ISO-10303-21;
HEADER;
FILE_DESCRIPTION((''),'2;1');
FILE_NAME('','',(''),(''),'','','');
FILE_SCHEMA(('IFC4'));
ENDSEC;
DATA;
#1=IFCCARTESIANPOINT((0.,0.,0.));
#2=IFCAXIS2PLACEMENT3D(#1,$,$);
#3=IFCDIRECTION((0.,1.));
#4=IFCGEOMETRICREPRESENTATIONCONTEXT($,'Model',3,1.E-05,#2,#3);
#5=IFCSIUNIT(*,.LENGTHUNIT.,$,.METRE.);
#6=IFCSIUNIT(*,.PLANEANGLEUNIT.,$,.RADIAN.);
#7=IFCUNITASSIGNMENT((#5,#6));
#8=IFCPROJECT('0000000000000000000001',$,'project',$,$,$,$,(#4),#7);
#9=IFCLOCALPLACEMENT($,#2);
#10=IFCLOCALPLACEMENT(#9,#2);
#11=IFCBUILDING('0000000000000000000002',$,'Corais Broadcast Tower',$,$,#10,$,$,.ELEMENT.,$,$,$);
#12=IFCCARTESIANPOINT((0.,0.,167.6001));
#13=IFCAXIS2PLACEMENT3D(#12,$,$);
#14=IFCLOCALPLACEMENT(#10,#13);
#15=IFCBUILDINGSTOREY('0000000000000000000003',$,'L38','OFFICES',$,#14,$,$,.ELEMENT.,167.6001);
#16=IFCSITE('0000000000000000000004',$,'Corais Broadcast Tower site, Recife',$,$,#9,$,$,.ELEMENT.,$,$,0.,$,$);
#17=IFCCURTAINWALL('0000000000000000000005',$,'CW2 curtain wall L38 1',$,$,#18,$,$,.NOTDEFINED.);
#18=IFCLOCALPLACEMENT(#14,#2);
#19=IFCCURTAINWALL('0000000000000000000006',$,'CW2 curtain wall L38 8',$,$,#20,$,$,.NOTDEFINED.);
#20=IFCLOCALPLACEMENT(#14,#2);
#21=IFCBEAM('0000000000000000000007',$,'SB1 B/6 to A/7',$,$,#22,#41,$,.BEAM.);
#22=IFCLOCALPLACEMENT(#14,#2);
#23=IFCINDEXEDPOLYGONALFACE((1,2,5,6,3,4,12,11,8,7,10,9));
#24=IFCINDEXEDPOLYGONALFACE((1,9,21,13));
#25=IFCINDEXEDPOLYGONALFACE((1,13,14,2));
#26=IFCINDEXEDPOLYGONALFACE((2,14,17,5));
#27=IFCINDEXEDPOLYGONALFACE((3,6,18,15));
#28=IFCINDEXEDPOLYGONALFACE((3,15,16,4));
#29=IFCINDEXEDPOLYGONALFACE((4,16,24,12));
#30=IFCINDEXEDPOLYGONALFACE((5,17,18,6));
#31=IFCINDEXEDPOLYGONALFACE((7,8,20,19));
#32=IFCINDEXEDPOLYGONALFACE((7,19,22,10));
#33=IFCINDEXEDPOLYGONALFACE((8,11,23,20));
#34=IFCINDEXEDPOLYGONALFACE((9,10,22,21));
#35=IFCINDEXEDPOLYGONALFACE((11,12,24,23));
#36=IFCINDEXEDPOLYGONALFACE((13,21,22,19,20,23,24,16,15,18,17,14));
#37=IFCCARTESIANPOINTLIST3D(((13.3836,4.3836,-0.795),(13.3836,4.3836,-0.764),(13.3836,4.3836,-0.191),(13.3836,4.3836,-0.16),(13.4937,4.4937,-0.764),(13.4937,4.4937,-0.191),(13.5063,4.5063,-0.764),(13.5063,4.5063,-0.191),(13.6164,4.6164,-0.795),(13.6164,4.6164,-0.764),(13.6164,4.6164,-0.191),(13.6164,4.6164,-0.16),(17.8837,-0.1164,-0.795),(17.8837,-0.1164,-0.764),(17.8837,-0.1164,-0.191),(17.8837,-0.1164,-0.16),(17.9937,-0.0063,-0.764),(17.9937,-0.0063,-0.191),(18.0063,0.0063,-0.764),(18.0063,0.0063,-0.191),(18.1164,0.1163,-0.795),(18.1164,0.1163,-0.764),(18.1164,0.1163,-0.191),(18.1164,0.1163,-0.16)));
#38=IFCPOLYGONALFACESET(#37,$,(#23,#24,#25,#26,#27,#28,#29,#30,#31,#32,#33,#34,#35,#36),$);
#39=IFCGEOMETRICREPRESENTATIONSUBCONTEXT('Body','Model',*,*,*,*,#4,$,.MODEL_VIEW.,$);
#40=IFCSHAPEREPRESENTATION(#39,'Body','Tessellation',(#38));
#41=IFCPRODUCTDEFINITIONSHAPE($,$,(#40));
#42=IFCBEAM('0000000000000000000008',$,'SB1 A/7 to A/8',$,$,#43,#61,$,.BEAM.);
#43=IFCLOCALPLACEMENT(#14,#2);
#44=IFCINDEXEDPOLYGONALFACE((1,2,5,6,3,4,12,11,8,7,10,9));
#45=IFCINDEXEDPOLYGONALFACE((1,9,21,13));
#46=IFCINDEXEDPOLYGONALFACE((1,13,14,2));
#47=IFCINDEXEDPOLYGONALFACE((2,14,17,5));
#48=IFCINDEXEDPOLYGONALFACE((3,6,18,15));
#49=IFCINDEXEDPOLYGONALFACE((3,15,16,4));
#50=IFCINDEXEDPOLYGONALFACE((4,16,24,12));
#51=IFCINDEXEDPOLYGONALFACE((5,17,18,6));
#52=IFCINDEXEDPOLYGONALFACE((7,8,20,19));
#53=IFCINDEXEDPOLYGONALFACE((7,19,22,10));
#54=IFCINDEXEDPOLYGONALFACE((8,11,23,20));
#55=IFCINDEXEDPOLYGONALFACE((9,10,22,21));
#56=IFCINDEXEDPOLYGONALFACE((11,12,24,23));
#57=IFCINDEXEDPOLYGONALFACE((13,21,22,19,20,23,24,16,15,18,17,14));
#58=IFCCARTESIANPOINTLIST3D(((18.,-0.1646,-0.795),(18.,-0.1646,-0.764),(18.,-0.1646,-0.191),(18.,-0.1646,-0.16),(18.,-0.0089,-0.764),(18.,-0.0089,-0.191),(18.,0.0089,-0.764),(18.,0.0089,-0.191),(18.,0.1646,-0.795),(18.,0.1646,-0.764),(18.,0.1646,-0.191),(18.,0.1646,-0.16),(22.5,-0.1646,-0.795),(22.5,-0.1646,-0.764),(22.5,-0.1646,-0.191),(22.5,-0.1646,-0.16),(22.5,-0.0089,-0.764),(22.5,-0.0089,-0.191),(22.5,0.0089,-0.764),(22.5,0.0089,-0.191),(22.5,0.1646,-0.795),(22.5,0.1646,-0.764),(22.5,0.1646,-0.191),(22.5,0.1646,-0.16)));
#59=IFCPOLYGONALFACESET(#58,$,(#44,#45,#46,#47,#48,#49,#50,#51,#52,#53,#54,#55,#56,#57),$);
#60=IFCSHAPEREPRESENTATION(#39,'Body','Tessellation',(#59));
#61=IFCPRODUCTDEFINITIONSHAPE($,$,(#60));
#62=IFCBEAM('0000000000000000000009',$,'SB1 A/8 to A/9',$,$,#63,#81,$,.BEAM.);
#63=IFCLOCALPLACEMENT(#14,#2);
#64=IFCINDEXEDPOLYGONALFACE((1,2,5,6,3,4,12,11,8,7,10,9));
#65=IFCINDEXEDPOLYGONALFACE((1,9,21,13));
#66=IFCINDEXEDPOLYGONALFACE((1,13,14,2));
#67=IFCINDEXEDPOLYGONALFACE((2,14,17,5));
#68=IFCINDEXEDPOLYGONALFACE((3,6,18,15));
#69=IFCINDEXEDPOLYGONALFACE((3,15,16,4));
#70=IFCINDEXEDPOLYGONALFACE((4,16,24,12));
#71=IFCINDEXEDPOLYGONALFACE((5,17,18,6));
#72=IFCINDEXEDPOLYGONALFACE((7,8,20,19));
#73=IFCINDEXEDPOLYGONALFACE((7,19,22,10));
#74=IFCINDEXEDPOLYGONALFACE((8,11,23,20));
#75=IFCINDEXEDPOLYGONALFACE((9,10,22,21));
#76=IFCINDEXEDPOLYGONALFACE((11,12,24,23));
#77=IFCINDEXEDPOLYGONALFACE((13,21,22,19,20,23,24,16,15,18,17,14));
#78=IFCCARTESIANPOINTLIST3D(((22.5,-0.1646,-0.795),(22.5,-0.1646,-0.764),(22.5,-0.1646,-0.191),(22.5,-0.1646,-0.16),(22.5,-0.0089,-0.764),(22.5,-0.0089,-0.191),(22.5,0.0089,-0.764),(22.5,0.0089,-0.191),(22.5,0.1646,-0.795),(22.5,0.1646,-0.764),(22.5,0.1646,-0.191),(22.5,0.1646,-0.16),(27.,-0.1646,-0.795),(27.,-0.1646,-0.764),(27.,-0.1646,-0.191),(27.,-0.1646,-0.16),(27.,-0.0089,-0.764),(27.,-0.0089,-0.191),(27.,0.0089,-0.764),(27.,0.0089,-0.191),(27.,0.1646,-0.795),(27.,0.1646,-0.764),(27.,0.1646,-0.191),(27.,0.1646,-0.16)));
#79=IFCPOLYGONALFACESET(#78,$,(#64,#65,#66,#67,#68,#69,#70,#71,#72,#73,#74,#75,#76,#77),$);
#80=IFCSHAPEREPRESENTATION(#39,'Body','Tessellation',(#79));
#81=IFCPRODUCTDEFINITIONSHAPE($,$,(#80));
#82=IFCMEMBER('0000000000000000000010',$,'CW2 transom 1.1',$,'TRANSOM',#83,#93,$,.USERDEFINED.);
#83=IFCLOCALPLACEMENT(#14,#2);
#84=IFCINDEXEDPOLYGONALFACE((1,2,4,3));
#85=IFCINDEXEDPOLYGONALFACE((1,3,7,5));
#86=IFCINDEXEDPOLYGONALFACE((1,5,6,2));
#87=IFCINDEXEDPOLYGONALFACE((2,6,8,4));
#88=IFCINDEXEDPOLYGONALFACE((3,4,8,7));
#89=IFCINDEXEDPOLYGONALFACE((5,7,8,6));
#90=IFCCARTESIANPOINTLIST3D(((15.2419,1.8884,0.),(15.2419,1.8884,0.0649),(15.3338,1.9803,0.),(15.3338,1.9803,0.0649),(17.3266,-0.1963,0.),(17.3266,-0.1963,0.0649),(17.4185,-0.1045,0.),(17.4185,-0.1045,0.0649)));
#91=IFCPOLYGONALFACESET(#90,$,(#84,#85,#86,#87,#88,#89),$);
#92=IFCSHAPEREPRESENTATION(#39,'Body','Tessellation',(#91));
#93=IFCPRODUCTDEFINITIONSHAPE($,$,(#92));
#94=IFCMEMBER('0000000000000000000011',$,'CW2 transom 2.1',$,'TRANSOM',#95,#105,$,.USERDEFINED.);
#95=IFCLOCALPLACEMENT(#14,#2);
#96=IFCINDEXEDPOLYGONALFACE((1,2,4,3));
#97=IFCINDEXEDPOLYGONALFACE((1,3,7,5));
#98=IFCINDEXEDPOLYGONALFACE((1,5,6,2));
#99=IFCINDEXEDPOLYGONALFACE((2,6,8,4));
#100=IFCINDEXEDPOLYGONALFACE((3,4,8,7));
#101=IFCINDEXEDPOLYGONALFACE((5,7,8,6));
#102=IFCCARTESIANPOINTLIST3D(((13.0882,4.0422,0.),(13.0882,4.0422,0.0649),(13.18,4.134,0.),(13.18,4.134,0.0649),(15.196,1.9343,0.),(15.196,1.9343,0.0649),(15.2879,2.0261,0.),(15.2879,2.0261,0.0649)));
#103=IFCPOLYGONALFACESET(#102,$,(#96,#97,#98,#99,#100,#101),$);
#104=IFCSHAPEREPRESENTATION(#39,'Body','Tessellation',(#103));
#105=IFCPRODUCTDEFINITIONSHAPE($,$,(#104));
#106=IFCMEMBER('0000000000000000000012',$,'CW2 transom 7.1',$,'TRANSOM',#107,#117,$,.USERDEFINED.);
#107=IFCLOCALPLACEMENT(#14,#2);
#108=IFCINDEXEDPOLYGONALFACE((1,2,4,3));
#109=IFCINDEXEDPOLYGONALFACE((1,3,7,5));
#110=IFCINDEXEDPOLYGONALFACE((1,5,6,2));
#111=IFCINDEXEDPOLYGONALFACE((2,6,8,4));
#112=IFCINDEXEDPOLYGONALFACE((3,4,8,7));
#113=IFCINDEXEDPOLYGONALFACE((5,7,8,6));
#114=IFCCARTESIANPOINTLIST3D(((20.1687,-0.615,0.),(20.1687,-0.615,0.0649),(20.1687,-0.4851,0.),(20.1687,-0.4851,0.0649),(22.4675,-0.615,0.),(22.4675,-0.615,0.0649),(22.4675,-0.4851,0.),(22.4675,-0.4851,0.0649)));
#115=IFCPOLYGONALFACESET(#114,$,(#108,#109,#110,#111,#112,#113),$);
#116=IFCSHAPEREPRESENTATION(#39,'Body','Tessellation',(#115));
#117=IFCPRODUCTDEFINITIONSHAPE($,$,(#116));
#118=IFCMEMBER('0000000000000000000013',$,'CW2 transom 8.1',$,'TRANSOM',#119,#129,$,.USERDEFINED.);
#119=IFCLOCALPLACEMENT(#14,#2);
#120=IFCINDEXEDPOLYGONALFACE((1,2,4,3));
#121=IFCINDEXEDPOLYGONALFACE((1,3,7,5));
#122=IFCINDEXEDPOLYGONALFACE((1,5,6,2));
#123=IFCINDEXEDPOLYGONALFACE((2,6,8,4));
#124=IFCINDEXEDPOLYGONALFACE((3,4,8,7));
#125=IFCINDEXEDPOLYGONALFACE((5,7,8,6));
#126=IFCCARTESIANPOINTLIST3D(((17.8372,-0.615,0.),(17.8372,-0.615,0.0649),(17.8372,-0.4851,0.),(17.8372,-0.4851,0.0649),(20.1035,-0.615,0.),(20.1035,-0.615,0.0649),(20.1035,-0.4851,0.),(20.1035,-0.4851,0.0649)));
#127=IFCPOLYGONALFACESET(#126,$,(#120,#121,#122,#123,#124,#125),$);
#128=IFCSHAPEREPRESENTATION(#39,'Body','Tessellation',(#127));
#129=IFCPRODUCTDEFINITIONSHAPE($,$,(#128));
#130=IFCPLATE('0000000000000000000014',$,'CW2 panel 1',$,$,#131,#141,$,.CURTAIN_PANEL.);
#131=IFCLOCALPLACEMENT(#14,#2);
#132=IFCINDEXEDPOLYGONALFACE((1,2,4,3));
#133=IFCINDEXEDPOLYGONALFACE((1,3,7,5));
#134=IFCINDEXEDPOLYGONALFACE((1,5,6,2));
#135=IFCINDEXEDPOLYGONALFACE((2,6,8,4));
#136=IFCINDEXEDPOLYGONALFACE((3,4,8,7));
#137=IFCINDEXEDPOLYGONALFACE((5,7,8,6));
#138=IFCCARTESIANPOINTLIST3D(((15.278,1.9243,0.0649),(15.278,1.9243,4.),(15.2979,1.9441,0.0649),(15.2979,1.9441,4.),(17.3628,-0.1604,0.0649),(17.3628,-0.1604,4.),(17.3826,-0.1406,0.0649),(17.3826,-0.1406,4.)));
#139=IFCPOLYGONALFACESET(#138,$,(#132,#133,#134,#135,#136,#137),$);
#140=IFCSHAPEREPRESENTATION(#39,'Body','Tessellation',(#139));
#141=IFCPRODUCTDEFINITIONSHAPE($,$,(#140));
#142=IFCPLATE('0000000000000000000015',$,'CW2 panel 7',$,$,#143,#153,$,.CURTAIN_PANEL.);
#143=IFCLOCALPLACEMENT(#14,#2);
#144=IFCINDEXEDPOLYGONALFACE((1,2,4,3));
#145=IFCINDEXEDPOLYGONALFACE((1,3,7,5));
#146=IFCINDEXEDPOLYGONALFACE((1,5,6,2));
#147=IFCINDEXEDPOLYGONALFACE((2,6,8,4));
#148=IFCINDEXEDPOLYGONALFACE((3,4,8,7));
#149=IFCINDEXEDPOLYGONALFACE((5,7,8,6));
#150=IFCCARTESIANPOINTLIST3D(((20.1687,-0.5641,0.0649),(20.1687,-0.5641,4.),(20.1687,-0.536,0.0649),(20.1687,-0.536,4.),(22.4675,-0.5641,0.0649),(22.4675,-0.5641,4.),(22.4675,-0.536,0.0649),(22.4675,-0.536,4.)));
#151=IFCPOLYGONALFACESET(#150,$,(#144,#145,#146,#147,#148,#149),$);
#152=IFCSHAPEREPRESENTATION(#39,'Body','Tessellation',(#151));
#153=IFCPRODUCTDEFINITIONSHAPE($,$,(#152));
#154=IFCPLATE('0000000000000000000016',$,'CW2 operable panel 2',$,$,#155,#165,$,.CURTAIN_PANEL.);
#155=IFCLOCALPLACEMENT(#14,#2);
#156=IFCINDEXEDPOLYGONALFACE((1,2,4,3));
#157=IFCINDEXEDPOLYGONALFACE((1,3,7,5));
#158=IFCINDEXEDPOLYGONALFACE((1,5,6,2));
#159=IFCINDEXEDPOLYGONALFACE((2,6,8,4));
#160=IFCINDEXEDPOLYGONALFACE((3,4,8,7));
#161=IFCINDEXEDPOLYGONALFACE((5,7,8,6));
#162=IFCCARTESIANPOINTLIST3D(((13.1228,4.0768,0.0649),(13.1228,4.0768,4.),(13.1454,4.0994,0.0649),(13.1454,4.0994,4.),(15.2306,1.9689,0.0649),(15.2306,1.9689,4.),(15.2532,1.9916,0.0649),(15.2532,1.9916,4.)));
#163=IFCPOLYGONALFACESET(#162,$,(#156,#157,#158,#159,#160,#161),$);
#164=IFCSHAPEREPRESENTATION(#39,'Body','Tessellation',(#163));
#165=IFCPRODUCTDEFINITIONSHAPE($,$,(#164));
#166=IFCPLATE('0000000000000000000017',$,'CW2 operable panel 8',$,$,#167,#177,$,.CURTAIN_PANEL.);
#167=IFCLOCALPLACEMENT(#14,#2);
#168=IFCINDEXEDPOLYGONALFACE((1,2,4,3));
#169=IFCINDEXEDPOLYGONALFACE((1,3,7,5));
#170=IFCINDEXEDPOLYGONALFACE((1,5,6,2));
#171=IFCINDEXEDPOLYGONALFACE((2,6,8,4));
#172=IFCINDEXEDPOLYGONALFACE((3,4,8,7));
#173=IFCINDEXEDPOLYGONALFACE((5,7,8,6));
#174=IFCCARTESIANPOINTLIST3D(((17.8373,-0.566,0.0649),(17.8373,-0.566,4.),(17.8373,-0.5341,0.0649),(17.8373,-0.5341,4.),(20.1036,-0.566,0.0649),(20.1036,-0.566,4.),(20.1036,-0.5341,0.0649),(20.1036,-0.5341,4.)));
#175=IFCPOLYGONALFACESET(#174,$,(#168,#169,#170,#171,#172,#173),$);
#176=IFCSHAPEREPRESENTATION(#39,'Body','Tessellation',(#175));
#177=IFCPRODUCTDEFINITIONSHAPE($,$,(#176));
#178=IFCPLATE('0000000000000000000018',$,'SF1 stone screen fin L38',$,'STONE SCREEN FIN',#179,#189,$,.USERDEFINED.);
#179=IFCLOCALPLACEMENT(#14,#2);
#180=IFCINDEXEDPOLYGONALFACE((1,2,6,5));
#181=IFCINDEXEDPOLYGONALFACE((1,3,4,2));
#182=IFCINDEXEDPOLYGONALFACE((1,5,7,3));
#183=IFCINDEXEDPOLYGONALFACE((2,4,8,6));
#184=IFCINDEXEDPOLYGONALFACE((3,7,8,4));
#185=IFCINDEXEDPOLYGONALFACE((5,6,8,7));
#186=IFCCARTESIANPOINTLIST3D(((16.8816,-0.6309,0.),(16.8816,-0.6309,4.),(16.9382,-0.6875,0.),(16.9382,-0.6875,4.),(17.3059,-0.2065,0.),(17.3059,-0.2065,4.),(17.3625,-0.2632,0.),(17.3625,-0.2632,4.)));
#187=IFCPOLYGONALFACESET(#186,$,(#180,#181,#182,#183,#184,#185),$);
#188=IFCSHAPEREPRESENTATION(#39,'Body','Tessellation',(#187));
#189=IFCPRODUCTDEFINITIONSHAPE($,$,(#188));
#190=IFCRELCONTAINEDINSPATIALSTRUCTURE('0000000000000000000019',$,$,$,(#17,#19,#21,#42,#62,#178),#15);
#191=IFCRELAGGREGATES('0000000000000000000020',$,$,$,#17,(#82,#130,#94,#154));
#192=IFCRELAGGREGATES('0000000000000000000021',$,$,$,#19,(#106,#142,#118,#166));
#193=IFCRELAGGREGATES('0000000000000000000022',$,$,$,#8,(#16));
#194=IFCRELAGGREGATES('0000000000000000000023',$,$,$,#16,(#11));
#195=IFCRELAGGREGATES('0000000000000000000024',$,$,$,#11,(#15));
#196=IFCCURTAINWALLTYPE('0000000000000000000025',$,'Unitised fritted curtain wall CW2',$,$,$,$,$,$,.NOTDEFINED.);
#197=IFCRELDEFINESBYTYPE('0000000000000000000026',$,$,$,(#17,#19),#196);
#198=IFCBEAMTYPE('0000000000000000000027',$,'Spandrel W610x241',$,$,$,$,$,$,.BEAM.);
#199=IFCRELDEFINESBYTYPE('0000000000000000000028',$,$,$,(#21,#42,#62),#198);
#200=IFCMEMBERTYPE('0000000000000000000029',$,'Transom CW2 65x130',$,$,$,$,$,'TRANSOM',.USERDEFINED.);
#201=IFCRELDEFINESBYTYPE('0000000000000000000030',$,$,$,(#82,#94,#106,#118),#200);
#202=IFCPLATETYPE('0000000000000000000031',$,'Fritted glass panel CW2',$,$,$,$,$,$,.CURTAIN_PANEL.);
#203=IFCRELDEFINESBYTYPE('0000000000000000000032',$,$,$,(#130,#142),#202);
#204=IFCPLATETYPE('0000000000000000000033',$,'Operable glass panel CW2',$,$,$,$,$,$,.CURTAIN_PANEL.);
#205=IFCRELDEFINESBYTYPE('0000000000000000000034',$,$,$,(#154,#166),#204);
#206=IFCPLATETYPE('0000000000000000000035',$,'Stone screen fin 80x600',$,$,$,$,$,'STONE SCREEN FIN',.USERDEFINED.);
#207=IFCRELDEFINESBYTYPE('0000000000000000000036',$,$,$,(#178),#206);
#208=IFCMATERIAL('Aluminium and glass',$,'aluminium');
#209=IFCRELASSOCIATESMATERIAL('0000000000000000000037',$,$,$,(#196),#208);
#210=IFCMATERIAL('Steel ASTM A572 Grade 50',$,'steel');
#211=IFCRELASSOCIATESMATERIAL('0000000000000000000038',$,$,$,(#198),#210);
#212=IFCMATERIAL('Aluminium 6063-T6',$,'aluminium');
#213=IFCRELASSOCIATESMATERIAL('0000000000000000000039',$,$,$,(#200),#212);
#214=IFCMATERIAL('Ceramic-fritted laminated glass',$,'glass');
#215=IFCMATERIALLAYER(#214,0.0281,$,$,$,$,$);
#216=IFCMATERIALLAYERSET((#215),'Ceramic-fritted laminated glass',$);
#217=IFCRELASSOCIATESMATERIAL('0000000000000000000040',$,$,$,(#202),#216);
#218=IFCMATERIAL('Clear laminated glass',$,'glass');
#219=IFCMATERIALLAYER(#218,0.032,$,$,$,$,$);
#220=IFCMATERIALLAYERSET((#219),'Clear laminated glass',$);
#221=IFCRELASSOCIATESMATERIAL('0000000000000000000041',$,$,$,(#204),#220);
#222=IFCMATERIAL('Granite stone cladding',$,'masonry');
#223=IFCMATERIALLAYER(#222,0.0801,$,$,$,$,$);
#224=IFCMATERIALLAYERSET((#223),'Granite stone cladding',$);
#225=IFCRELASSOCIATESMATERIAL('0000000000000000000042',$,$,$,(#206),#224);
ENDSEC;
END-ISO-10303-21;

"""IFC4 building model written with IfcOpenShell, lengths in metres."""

from ifc_helpers import new_model, si_unit, direction, frame, origin, origin_2d, place, context, subcontext, project, spatial, rectangle, i_section, extrude, material, layer, layer_set, material_profile, profile_set, type_object, element, aggregate, save


model = new_model("IFC4")

# Units and contexts
model_context = context("Model", 3, precision=1e-05, world=origin(), true_north=direction((0.0, 1.0)))
body_context = subcontext(model_context, "Body", "Model", "MODEL_VIEW")
ifc_project = project(units=[si_unit("LENGTHUNIT", "METRE"), si_unit("PLANEANGLEUNIT", "RADIAN")], contexts=[model_context])

# Site, building, storey
site_placement = place(None, origin())
site = spatial("IfcSite", under=ifc_project, at=site_placement, Name="Corais Broadcast Tower site, Recife", CompositionType="ELEMENT", RefElevation=0.0)
building_placement = place(site_placement, origin())
building = spatial("IfcBuilding", under=site, at=building_placement, Name="Corais Broadcast Tower", CompositionType="ELEMENT")
storey_placement = place(building_placement, frame((0.0, 0.0, 167.6001)))
storey = spatial("IfcBuildingStorey", under=building, at=storey_placement, Name="L38", Description="OFFICES", CompositionType="ELEMENT", Elevation=167.6001)

# Curtain walls
ifc_material_1 = material(Name="Aluminium and glass", Category="aluminium")
curtain_wall_type = type_object("IfcCurtainWallType", Name="Unitised fritted curtain wall CW2", PredefinedType="NOTDEFINED", material=ifc_material_1)
curtain_wall_1_placement = place(storey_placement, origin())
curtain_wall_1 = element("IfcCurtainWall", 1, at=curtain_wall_1_placement, inside=storey, type_object=curtain_wall_type, Name="CW2 curtain wall L38 1", PredefinedType="NOTDEFINED")
curtain_wall_2_placement = place(storey_placement, origin())
curtain_wall_2 = element("IfcCurtainWall", 2, at=curtain_wall_2_placement, inside=storey, type_object=curtain_wall_type, Name="CW2 curtain wall L38 8", PredefinedType="NOTDEFINED")

# Beams
ifc_material_2 = material(Name="Steel ASTM A572 Grade 50", Category="steel")
ifc_material_profile_1 = material_profile(ifc_material_2, i_section(OverallWidth=0.3291, OverallDepth=0.635, WebThickness=0.0178, FlangeThickness=0.031, at=origin_2d()), Name="W610x241")
ifc_profile_set_1 = profile_set([ifc_material_profile_1], Name="Steel ASTM A572 Grade 50")
beam_type_1 = type_object("IfcBeamType", Name="Spandrel W610x241", PredefinedType="BEAM", material=ifc_profile_set_1)
beam_1_placement = place(storey_placement, frame((13.5, 4.5, -0.4775), z_axis=(0.707107, -0.707107, 0.0), x_axis=(0.707107, 0.707107, 0.0)))
element("IfcBeam", 3, at=beam_1_placement, inside=storey, type_object=beam_type_1, Name="SB1 B/6 to A/7", PredefinedType="BEAM", context=body_context, shape_type="SweptSolid", body=[
    extrude(i_section(OverallWidth=0.3291, OverallDepth=0.635, WebThickness=0.0178, FlangeThickness=0.031, at=origin_2d()), origin(), (0.0, 0.0, 1.0), 6.364),
])
for number, where, z_axis, x_axis, name in (
    (4, (18.0, 0.0, -0.4775), (1.0, 0.0, 0.0), (0.0, 1.0, 0.0), "SB1 A/7 to A/8"),
    (5, (22.5, 0.0, -0.4775), (1.0, 0.0, 0.0), (0.0, 1.0, 0.0), "SB1 A/8 to A/9"),
):
    element("IfcBeam", number, at=place(storey_placement, frame(where, z_axis=z_axis, x_axis=x_axis)), inside=storey, type_object=beam_type_1, Name=name, PredefinedType="BEAM", context=body_context, shape_type="SweptSolid", body=[
        extrude(i_section(OverallWidth=0.3291, OverallDepth=0.635, WebThickness=0.0178, FlangeThickness=0.031, at=origin_2d()), origin(), (0.0, 0.0, 1.0), 4.5),
    ])

# Members
ifc_material_3 = material(Name="Aluminium 6063-T6", Category="aluminium")
ifc_material_profile_2 = material_profile(ifc_material_3, rectangle(XDim=0.1299, YDim=0.0649, at=origin_2d()), Name="Transom CW2 65x130")
ifc_profile_set_2 = profile_set([ifc_material_profile_2], Name="Aluminium 6063-T6")
member_type_1 = type_object("IfcMemberType", Name="Transom CW2 65x130", ElementType="TRANSOM", PredefinedType="USERDEFINED", material=ifc_profile_set_2)
member_1_placement = place(storey_placement, frame((17.3726, -0.1504, 0.0325), z_axis=(-0.707107, 0.707107, 0.0), x_axis=(-0.707107, -0.707107, 0.0)))
member_1 = element("IfcMember", 6, at=member_1_placement, type_object=member_type_1, Name="CW2 transom 1.1", ObjectType="TRANSOM", PredefinedType="USERDEFINED", context=body_context, shape_type="SweptSolid", body=[
    extrude(rectangle(XDim=0.1299, YDim=0.0649, at=origin_2d()), origin(), (0.0, 0.0, 1.0), 2.9482),
])
member_2_placement = place(storey_placement, frame((15.2419, 1.9802, 0.0325), z_axis=(-0.707107, 0.707107, 0.0), x_axis=(-0.707107, -0.707107, 0.0)))
member_2 = element("IfcMember", 7, at=member_2_placement, type_object=member_type_1, Name="CW2 transom 2.1", ObjectType="TRANSOM", PredefinedType="USERDEFINED", context=body_context, shape_type="SweptSolid", body=[
    extrude(rectangle(XDim=0.1299, YDim=0.0649, at=origin_2d()), origin(), (0.0, 0.0, 1.0), 2.981),
])
member_3_placement = place(storey_placement, frame((22.4675, -0.55, 0.0325), z_axis=(-1.0, 0.0, 0.0), x_axis=(0.0, -1.0, 0.0)))
member_3 = element("IfcMember", 8, at=member_3_placement, type_object=member_type_1, Name="CW2 transom 7.1", ObjectType="TRANSOM", PredefinedType="USERDEFINED", context=body_context, shape_type="SweptSolid", body=[
    extrude(rectangle(XDim=0.1299, YDim=0.0649, at=origin_2d()), origin(), (0.0, 0.0, 1.0), 2.2988),
])
member_4_placement = place(storey_placement, frame((20.1035, -0.55, 0.0325), z_axis=(-1.0, 0.0, 0.0), x_axis=(0.0, -1.0, 0.0)))
member_4 = element("IfcMember", 9, at=member_4_placement, type_object=member_type_1, Name="CW2 transom 8.1", ObjectType="TRANSOM", PredefinedType="USERDEFINED", context=body_context, shape_type="SweptSolid", body=[
    extrude(rectangle(XDim=0.1299, YDim=0.0649, at=origin_2d()), origin(), (0.0, 0.0, 1.0), 2.2664),
])

# Plates
ifc_material_4 = material(Name="Ceramic-fritted laminated glass", Category="glass")
ifc_layer_1 = layer(ifc_material_4, 0.0281)
ifc_layer_set_1 = layer_set([ifc_layer_1], Name="Ceramic-fritted laminated glass")
plate_type_1 = type_object("IfcPlateType", Name="Fritted glass panel CW2", PredefinedType="CURTAIN_PANEL", material=ifc_layer_set_1)
plate_1_placement = place(storey_placement, frame((16.3303, 0.8918, 0.0649), z_axis=(0.0, 0.0, 1.0), x_axis=(-0.707107, 0.707107, 0.0)))
plate_1 = element("IfcPlate", 10, at=plate_1_placement, type_object=plate_type_1, Name="CW2 panel 1", PredefinedType="CURTAIN_PANEL", context=body_context, shape_type="SweptSolid", body=[
    extrude(rectangle(XDim=2.9482, YDim=0.0281, at=origin_2d()), origin(), (0.0, 0.0, 1.0), 3.9351),
])
plate_2_placement = place(storey_placement, frame((21.3181, -0.55, 0.0649), z_axis=(0.0, 0.0, 1.0), x_axis=(-1.0, 0.0, 0.0)))
plate_2 = element("IfcPlate", 11, at=plate_2_placement, type_object=plate_type_1, Name="CW2 panel 7", PredefinedType="CURTAIN_PANEL", context=body_context, shape_type="SweptSolid", body=[
    extrude(rectangle(XDim=2.2988, YDim=0.0281, at=origin_2d()), origin(), (0.0, 0.0, 1.0), 3.9351),
])
ifc_material_5 = material(Name="Clear laminated glass", Category="glass")
ifc_layer_2 = layer(ifc_material_5, 0.032)
ifc_layer_set_2 = layer_set([ifc_layer_2], Name="Clear laminated glass")
plate_type_2 = type_object("IfcPlateType", Name="Operable glass panel CW2", PredefinedType="CURTAIN_PANEL", material=ifc_layer_set_2)
plate_3_placement = place(storey_placement, frame((14.188, 3.0342, 0.0649), z_axis=(0.0, 0.0, 1.0), x_axis=(-0.707107, 0.707107, 0.0)))
plate_3 = element("IfcPlate", 12, at=plate_3_placement, type_object=plate_type_2, Name="CW2 operable panel 2", PredefinedType="CURTAIN_PANEL", context=body_context, shape_type="SweptSolid", body=[
    extrude(rectangle(XDim=2.981, YDim=0.032, at=origin_2d()), origin(), (0.0, 0.0, 1.0), 3.9351),
])
aggregate(curtain_wall_1, [member_1, plate_1, member_2, plate_3])
plate_4_placement = place(storey_placement, frame((18.9705, -0.55, 0.0649), z_axis=(0.0, 0.0, 1.0), x_axis=(-1.0, 0.0, 0.0)))
plate_4 = element("IfcPlate", 13, at=plate_4_placement, type_object=plate_type_2, Name="CW2 operable panel 8", PredefinedType="CURTAIN_PANEL", context=body_context, shape_type="SweptSolid", body=[
    extrude(rectangle(XDim=2.2664, YDim=0.032, at=origin_2d()), origin(), (0.0, 0.0, 1.0), 3.9351),
])
aggregate(curtain_wall_2, [member_3, plate_2, member_4, plate_4])
ifc_material_6 = material(Name="Granite stone cladding", Category="masonry")
ifc_layer_3 = layer(ifc_material_6, 0.0801)
ifc_layer_set_3 = layer_set([ifc_layer_3], Name="Granite stone cladding")
plate_type_3 = type_object("IfcPlateType", Name="Stone screen fin 80x600", ElementType="STONE SCREEN FIN", PredefinedType="USERDEFINED", material=ifc_layer_set_3)
plate_5_placement = place(storey_placement, frame((17.1221, -0.447, 0.0), z_axis=(0.0, 0.0, 1.0), x_axis=(-0.707107, 0.707107, 0.0)))
element("IfcPlate", 14, at=plate_5_placement, inside=storey, type_object=plate_type_3, Name="SF1 stone screen fin L38", ObjectType="STONE SCREEN FIN", PredefinedType="USERDEFINED", context=body_context, shape_type="SweptSolid", body=[
    extrude(rectangle(XDim=0.0801, YDim=0.6001, at=origin_2d()), origin(), (0.0, 0.0, 1.0), 4.0),
])

save(model, "model.ifc")
